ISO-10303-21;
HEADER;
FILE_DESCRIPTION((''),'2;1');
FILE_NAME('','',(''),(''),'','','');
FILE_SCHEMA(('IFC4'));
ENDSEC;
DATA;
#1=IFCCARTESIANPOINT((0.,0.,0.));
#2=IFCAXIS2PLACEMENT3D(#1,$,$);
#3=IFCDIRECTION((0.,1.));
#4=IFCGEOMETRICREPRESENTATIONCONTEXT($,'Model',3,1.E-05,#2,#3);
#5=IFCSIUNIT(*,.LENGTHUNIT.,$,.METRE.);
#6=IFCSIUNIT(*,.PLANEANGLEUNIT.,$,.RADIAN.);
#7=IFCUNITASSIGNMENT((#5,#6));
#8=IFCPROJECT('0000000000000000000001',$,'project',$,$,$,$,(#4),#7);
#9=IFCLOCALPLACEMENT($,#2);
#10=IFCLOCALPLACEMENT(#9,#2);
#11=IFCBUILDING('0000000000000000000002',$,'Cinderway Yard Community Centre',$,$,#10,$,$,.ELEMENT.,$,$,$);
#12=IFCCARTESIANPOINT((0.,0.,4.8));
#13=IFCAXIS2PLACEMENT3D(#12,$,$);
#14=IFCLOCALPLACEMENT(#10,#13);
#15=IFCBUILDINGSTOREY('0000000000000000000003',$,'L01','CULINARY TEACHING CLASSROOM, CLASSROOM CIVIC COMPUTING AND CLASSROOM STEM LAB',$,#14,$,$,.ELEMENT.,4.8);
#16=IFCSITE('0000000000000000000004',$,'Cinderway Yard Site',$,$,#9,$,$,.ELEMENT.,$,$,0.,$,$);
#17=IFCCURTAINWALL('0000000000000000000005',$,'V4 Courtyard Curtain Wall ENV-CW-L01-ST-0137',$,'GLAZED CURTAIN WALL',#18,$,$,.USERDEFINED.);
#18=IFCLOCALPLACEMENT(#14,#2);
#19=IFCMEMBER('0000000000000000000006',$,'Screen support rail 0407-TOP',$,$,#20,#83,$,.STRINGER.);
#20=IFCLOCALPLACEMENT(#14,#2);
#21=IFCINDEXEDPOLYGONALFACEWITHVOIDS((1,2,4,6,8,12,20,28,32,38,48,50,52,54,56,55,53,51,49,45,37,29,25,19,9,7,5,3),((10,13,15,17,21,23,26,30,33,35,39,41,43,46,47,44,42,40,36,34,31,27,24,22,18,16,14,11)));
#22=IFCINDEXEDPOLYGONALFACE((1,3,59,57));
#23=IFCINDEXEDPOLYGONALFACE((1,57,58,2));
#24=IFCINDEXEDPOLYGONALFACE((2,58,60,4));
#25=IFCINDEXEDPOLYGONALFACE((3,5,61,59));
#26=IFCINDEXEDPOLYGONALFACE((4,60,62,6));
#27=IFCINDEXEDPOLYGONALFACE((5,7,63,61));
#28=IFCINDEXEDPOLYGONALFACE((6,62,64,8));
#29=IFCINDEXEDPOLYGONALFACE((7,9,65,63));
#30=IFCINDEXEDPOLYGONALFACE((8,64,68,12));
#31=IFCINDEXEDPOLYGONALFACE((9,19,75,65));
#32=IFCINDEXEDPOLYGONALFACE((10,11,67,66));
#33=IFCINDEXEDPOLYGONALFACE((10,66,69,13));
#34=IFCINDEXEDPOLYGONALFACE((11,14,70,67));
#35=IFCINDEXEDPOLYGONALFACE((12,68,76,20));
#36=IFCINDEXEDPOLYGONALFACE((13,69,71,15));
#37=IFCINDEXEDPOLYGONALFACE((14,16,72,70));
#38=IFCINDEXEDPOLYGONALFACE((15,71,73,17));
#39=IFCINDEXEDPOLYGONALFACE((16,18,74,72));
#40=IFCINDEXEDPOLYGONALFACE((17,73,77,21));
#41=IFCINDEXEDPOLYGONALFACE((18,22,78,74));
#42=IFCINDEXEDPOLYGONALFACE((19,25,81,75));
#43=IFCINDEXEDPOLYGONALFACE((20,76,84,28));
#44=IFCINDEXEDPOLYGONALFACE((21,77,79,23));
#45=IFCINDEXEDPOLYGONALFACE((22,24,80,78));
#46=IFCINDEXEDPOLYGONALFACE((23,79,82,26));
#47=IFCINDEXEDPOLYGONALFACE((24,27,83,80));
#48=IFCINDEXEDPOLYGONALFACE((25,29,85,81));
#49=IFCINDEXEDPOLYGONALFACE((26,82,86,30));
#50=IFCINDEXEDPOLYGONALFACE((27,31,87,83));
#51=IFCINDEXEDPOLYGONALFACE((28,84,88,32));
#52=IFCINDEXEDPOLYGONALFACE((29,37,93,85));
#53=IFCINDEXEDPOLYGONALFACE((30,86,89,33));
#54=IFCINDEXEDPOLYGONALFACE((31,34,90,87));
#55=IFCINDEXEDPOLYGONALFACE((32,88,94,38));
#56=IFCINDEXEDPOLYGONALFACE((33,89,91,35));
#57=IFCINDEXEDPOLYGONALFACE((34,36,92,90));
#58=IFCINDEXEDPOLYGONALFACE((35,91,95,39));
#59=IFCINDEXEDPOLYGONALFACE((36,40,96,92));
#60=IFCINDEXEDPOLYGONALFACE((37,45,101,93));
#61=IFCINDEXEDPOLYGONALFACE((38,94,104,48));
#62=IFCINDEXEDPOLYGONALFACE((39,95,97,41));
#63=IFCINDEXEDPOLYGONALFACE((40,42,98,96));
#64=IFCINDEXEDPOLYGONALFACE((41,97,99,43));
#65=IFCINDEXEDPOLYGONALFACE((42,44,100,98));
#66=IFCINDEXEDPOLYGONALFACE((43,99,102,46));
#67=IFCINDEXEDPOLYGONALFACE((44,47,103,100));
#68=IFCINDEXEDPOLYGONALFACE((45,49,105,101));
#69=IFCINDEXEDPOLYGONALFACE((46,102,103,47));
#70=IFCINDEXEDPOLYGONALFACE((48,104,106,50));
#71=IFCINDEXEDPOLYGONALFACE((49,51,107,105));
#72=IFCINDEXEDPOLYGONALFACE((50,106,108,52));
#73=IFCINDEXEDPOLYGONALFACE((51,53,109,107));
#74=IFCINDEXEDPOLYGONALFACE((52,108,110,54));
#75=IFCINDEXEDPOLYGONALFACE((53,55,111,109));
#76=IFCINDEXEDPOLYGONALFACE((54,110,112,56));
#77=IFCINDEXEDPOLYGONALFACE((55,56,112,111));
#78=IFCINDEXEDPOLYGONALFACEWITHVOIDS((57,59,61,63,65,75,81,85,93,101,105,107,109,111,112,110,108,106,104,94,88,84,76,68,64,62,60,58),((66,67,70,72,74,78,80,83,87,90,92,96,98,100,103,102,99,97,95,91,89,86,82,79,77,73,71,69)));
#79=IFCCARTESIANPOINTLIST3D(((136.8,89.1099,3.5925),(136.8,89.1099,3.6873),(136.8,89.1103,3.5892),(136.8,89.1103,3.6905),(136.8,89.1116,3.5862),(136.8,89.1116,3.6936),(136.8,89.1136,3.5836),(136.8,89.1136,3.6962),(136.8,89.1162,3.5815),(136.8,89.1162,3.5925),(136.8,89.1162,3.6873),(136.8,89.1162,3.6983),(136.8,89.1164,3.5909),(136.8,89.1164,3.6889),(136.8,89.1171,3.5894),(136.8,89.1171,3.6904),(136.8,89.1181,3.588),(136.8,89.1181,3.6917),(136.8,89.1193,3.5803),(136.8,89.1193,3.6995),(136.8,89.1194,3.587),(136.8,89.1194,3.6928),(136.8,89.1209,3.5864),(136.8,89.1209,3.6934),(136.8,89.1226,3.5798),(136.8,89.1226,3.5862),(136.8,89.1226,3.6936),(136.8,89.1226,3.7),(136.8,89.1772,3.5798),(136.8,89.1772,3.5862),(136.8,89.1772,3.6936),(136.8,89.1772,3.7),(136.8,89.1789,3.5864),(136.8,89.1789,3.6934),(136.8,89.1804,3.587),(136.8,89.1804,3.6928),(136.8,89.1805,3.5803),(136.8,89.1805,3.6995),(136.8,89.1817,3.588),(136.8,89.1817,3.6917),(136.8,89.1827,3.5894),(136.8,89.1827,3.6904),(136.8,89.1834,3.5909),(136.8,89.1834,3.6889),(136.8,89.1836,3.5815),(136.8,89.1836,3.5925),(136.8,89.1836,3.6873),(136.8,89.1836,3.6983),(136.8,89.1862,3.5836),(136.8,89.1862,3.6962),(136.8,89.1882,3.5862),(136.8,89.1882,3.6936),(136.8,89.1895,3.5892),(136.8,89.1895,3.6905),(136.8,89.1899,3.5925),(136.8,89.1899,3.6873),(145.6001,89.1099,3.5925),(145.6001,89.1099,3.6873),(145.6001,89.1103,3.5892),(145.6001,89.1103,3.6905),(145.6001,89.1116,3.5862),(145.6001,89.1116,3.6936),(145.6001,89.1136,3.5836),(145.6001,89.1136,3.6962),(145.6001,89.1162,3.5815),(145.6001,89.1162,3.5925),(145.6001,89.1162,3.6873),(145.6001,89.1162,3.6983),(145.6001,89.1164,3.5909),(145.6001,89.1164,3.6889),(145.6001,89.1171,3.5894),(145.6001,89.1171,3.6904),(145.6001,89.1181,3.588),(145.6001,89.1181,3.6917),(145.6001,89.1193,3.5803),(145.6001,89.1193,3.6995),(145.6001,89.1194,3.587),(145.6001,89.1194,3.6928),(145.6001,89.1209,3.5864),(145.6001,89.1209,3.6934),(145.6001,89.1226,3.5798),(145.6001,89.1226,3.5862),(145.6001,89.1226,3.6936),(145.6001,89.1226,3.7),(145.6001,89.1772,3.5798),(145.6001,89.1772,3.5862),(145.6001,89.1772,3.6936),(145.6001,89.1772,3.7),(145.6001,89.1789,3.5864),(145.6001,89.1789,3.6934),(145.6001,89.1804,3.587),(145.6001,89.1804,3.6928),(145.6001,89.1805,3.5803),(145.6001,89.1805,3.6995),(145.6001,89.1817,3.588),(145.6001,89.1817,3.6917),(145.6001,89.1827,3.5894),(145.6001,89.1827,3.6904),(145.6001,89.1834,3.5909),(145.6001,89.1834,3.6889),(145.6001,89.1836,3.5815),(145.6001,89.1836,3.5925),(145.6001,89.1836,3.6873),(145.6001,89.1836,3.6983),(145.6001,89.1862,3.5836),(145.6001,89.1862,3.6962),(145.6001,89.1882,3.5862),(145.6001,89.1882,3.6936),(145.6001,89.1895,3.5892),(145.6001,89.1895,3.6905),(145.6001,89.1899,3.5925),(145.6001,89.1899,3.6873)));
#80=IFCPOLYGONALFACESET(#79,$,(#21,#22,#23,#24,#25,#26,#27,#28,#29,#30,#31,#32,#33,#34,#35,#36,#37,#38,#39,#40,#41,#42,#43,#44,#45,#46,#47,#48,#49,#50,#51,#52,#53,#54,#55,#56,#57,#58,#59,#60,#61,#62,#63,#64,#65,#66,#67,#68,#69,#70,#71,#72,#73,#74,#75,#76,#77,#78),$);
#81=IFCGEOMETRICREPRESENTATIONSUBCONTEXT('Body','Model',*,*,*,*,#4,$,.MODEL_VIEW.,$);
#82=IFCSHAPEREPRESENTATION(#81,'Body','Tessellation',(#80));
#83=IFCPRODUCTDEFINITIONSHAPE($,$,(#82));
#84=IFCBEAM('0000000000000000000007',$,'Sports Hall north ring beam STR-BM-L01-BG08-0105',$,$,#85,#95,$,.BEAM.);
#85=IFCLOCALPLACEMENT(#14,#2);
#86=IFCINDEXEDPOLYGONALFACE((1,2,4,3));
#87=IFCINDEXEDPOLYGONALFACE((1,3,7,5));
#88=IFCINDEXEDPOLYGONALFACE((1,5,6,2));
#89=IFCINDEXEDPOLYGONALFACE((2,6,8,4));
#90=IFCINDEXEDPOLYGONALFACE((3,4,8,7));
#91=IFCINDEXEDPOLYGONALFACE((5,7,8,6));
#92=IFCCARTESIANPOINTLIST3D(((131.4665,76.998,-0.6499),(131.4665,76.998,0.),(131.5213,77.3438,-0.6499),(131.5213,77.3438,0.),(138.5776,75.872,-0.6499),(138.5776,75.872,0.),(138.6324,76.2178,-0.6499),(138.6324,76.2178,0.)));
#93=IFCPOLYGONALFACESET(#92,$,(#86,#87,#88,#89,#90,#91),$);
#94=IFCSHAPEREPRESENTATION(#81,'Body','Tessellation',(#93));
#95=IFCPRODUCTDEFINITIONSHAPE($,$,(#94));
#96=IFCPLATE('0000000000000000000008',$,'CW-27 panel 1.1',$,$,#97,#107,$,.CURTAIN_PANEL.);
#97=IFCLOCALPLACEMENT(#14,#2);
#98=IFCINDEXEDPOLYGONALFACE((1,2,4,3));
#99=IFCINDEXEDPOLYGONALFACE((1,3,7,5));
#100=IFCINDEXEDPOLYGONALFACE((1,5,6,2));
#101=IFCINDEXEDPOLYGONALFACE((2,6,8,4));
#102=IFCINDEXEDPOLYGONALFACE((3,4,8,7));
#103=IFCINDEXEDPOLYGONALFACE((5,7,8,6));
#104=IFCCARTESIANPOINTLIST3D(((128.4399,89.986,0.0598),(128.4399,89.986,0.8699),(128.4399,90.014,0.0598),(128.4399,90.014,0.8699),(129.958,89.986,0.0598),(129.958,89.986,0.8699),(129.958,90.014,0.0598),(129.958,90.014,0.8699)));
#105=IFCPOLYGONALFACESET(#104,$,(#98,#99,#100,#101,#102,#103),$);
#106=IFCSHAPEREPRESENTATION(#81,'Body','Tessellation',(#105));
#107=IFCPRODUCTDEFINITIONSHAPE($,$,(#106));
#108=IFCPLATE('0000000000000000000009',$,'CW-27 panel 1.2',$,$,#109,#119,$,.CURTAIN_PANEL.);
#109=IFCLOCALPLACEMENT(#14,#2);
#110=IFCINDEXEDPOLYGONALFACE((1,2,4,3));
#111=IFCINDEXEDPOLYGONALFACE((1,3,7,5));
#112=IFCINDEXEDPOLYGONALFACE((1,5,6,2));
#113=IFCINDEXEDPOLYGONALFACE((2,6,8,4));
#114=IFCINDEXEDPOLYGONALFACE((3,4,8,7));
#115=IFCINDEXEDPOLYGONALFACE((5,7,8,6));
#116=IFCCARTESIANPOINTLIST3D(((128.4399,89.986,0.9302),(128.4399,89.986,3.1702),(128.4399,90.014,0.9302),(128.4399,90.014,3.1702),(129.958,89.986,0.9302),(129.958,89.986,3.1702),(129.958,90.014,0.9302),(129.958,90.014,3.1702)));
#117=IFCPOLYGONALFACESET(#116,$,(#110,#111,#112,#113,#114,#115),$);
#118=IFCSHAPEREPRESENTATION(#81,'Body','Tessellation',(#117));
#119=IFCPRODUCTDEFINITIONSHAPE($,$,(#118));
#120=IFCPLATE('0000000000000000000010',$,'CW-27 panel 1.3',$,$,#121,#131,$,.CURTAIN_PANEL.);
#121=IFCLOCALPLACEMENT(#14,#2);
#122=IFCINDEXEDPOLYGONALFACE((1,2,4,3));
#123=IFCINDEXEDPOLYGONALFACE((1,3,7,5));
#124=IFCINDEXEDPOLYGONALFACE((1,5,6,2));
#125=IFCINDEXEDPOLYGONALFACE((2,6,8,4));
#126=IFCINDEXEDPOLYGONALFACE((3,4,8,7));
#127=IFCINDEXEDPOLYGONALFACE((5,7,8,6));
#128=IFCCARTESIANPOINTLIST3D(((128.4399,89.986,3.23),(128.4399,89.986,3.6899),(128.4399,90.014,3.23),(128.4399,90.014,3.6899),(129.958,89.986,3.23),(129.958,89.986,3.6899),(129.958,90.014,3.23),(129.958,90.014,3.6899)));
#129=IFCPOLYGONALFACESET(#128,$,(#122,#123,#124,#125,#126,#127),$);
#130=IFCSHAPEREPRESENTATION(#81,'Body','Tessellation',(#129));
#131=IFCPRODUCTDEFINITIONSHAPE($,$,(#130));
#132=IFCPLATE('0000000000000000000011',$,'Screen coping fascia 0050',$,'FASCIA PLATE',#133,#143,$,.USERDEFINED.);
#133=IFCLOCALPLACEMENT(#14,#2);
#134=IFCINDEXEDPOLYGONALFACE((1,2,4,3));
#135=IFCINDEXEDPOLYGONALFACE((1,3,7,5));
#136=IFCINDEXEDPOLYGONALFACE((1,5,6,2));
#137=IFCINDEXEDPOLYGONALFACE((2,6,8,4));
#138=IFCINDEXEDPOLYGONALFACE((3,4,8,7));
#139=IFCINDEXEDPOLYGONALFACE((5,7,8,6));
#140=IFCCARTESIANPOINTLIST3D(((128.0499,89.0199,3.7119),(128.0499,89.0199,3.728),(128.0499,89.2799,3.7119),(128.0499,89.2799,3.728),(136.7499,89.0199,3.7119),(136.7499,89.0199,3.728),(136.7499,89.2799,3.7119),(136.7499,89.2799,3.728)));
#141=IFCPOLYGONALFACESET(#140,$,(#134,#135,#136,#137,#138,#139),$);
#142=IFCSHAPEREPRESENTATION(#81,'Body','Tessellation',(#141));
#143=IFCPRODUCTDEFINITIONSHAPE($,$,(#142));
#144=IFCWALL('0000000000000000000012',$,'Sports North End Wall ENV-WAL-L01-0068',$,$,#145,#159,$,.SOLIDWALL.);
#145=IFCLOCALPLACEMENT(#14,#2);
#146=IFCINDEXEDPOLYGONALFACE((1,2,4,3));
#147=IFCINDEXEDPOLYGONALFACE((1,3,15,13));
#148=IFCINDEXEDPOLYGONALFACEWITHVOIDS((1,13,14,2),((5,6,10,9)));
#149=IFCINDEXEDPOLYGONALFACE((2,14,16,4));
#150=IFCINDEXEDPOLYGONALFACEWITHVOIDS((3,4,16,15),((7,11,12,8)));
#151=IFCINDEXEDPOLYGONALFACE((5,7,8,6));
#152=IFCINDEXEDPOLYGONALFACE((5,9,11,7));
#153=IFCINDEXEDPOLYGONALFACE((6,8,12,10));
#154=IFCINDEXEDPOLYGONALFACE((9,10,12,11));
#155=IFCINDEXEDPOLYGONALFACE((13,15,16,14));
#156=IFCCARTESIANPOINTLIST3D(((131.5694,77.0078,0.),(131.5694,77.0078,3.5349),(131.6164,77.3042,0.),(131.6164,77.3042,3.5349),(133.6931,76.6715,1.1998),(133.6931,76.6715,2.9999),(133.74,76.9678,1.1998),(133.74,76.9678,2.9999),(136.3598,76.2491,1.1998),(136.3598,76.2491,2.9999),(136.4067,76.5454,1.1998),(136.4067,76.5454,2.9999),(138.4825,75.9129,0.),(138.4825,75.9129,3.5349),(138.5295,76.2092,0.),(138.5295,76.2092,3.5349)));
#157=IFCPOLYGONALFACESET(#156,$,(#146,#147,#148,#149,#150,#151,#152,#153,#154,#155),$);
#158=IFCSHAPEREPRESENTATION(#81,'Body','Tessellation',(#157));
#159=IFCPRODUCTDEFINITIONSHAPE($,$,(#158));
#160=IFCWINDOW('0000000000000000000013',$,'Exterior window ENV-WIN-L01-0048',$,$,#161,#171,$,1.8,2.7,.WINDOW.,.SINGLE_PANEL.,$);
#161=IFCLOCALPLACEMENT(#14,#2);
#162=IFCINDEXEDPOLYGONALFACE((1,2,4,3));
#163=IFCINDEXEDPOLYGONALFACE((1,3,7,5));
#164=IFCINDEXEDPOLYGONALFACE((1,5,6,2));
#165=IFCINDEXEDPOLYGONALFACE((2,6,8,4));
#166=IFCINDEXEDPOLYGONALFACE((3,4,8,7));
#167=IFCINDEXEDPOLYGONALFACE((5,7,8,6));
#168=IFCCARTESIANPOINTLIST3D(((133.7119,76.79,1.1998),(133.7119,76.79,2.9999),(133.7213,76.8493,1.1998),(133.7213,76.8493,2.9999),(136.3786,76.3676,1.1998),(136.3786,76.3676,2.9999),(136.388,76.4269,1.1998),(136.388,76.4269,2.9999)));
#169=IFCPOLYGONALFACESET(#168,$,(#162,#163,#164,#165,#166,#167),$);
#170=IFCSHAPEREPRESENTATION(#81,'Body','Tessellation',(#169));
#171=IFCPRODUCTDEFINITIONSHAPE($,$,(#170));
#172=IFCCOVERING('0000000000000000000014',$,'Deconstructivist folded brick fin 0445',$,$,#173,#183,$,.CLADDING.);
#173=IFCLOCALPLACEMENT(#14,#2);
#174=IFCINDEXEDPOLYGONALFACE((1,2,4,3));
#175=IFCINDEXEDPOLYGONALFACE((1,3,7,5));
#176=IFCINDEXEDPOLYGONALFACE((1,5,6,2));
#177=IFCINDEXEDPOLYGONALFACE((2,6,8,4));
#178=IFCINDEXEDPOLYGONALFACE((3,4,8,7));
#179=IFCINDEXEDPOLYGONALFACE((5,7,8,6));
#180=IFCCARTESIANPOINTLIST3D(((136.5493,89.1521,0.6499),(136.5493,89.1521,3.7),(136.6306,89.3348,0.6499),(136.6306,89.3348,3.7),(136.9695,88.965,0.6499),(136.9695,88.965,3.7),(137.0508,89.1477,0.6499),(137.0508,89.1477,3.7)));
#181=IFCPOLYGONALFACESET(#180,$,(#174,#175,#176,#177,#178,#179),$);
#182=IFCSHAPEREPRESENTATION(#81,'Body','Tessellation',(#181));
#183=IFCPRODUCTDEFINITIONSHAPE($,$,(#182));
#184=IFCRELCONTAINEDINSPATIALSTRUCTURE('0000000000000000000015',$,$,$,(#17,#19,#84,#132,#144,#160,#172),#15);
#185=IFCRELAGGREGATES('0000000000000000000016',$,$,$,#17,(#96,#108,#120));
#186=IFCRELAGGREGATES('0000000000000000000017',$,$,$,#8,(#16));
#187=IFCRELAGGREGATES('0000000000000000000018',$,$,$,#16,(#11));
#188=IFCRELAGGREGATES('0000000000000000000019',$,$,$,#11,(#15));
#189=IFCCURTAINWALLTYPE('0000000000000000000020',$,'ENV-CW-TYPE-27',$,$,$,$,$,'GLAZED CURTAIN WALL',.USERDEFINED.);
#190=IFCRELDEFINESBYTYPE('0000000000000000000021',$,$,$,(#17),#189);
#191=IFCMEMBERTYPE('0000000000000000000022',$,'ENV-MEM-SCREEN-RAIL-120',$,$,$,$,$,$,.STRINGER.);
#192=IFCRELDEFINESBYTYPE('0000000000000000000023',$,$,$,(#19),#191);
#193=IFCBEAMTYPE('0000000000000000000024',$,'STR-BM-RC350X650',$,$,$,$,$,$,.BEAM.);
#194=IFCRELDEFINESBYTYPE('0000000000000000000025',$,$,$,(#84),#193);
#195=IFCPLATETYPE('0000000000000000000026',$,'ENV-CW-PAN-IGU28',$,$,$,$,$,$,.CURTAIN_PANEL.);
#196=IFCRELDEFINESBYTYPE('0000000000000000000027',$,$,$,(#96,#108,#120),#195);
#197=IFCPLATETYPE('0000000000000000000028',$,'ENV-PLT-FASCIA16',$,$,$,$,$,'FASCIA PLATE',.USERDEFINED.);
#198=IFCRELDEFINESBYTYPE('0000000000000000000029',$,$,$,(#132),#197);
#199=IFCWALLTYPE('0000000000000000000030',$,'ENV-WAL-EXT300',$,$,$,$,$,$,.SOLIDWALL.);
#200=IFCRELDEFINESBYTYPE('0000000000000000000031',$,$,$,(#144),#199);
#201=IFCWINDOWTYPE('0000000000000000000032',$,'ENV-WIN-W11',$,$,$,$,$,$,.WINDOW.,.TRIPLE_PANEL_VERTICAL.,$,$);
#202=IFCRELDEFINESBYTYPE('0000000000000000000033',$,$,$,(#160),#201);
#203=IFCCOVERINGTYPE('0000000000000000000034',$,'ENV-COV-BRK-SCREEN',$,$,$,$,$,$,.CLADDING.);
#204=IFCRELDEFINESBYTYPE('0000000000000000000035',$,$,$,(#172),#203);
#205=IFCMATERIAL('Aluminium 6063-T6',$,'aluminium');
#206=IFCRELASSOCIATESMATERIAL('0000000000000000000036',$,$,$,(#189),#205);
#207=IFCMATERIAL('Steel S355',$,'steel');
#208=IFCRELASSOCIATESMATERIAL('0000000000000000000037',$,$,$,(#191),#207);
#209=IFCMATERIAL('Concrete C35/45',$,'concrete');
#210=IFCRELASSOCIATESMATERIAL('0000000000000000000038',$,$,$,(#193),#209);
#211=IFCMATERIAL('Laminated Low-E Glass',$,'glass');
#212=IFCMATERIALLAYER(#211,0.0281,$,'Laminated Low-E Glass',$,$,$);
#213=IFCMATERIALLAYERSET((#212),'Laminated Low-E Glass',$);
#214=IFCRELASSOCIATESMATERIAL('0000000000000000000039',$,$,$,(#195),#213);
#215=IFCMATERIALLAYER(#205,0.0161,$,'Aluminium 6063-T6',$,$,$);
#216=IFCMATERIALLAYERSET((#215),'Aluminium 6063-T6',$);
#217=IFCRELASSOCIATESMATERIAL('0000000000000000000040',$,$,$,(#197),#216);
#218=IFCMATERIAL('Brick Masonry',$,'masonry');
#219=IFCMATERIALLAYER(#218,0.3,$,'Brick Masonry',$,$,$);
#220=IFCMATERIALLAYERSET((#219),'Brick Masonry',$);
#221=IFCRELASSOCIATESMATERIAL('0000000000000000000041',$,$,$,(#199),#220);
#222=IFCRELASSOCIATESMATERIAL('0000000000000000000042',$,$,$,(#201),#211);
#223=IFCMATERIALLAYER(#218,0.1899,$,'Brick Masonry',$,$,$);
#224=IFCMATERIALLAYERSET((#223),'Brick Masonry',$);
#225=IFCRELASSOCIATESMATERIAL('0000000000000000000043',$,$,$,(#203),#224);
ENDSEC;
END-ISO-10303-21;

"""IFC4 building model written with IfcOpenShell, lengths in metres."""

from ifc_helpers import new_model, si_unit, direction, frame, frame_2d, origin, origin_2d, place, context, subcontext, project, spatial, rectangle, hollow_rectangle, extrude, material, layer, layer_set, material_profile, profile_set, type_object, element, fill, aggregate, save


model = new_model("IFC4")

# Units and contexts
model_context = context("Model", 3, precision=1e-05, world=origin(), true_north=direction((0.0, 1.0)))
body_context = subcontext(model_context, "Body", "Model", "MODEL_VIEW")
ifc_project = project(units=[si_unit("LENGTHUNIT", "METRE"), si_unit("PLANEANGLEUNIT", "RADIAN")], contexts=[model_context])

# Site, building, storey
site_placement = place(None, origin())
site = spatial("IfcSite", under=ifc_project, at=site_placement, Name="Cinderway Yard Site", CompositionType="ELEMENT", RefElevation=0.0)
building_placement = place(site_placement, origin())
building = spatial("IfcBuilding", under=site, at=building_placement, Name="Cinderway Yard Community Centre", CompositionType="ELEMENT")
storey_placement = place(building_placement, frame((0.0, 0.0, 4.8)))
storey = spatial("IfcBuildingStorey", under=building, at=storey_placement, Name="L01", Description="CULINARY TEACHING CLASSROOM, CLASSROOM CIVIC COMPUTING AND CLASSROOM STEM LAB", CompositionType="ELEMENT", Elevation=4.8)

# Curtain wall
ifc_material_1 = material(Name="Aluminium 6063-T6", Category="aluminium")
curtain_wall_type = type_object("IfcCurtainWallType", Name="ENV-CW-TYPE-27", ElementType="GLAZED CURTAIN WALL", PredefinedType="USERDEFINED", material=ifc_material_1)
curtain_wall_placement = place(storey_placement, origin())
curtain_wall = element("IfcCurtainWall", 1, at=curtain_wall_placement, inside=storey, type_object=curtain_wall_type, Name="V4 Courtyard Curtain Wall ENV-CW-L01-ST-0137", ObjectType="GLAZED CURTAIN WALL", PredefinedType="USERDEFINED")

# Member
ifc_material_2 = material(Name="Steel S355", Category="steel")
ifc_material_profile_1 = material_profile(ifc_material_2, hollow_rectangle(XDim=0.0801, YDim=0.1201, WallThickness=0.0063, InnerFilletRadius=0.0063, OuterFilletRadius=0.0127, at=origin_2d()), Name="Steel S355")
ifc_profile_set_1 = profile_set([ifc_material_profile_1], Name="Steel S355")
member_type_1 = type_object("IfcMemberType", Name="ENV-MEM-SCREEN-RAIL-120", PredefinedType="STRINGER", material=ifc_profile_set_1)
for number, where, z_axis, x_axis, name in (
    (2, (136.8, 89.1499, 3.6399), (1.0, 0.0, 0.0), (0.0, 1.0, 0.0), "Screen support rail 0407-TOP"),
):
    element("IfcMember", number, at=place(storey_placement, frame(where, z_axis=z_axis, x_axis=x_axis)), inside=storey, type_object=member_type_1, Name=name, PredefinedType="STRINGER", context=body_context, shape_type="SweptSolid", body=[
        extrude(hollow_rectangle(XDim=0.0801, YDim=0.1201, WallThickness=0.0063, InnerFilletRadius=0.0063, OuterFilletRadius=0.0127, at=origin_2d()), origin(), (0.0, 0.0, 1.0), 8.8),
    ])

# Beam
ifc_material_3 = material(Name="Concrete C35/45", Category="concrete")
ifc_material_profile_2 = material_profile(ifc_material_3, rectangle(XDim=0.3501, YDim=0.6499, at=origin_2d()), Name="Concrete C35/45")
ifc_profile_set_2 = profile_set([ifc_material_profile_2], Name="Concrete C35/45")
beam_type = type_object("IfcBeamType", Name="STR-BM-RC350X650", PredefinedType="BEAM", material=ifc_profile_set_2)
beam_placement = place(storey_placement, frame((131.4939, 77.1709, -0.325), z_axis=(0.987695, -0.156393, 0.0), x_axis=(0.156393, 0.987695, 0.0)))
element("IfcBeam", 3, at=beam_placement, inside=storey, type_object=beam_type, Name="Sports Hall north ring beam STR-BM-L01-BG08-0105", PredefinedType="BEAM", context=body_context, shape_type="SweptSolid", body=[
    extrude(rectangle(XDim=0.3501, YDim=0.6499, at=origin_2d()), origin(), (0.0, 0.0, 1.0), 7.1997),
])

# Plates
ifc_material_4 = material(Name="Laminated Low-E Glass", Category="glass")
ifc_layer_1 = layer(ifc_material_4, 0.0281, Name="Laminated Low-E Glass")
ifc_layer_set_1 = layer_set([ifc_layer_1], Name="Laminated Low-E Glass")
plate_type_1 = type_object("IfcPlateType", Name="ENV-CW-PAN-IGU28", PredefinedType="CURTAIN_PANEL", material=ifc_layer_set_1)
plate_1_placement = place(storey_placement, frame((129.199, 90.0, 0.0598), z_axis=(0.0, 0.0, 1.0), x_axis=(1.0, 0.0, 0.0)))
plate_1 = element("IfcPlate", 4, at=plate_1_placement, type_object=plate_type_1, Name="CW-27 panel 1.1", PredefinedType="CURTAIN_PANEL", context=body_context, shape_type="SweptSolid", body=[
    extrude(rectangle(XDim=1.5181, YDim=0.0281, at=origin_2d()), origin(), (0.0, 0.0, 1.0), 0.8101),
])
plate_2_placement = place(storey_placement, frame((129.199, 90.0, 0.9302), z_axis=(0.0, 0.0, 1.0), x_axis=(1.0, 0.0, 0.0)))
plate_2 = element("IfcPlate", 5, at=plate_2_placement, type_object=plate_type_1, Name="CW-27 panel 1.2", PredefinedType="CURTAIN_PANEL", context=body_context, shape_type="SweptSolid", body=[
    extrude(rectangle(XDim=1.5181, YDim=0.0281, at=origin_2d()), origin(), (0.0, 0.0, 1.0), 2.24),
])
plate_3_placement = place(storey_placement, frame((129.199, 90.0, 3.23), z_axis=(0.0, 0.0, 1.0), x_axis=(1.0, 0.0, 0.0)))
plate_3 = element("IfcPlate", 6, at=plate_3_placement, type_object=plate_type_1, Name="CW-27 panel 1.3", PredefinedType="CURTAIN_PANEL", context=body_context, shape_type="SweptSolid", body=[
    extrude(rectangle(XDim=1.5181, YDim=0.0281, at=origin_2d()), origin(), (0.0, 0.0, 1.0), 0.46),
])
aggregate(curtain_wall, [plate_1, plate_2, plate_3])
ifc_layer_2 = layer(ifc_material_1, 0.0161, Name="Aluminium 6063-T6")
ifc_layer_set_2 = layer_set([ifc_layer_2], Name="Aluminium 6063-T6")
plate_type_2 = type_object("IfcPlateType", Name="ENV-PLT-FASCIA16", ElementType="FASCIA PLATE", PredefinedType="USERDEFINED", material=ifc_layer_set_2)
plate_4_placement = place(storey_placement, frame((132.3999, 89.1499, 3.7119), z_axis=(0.0, 0.0, 1.0), x_axis=(-1.0, 0.0, 0.0)))
element("IfcPlate", 7, at=plate_4_placement, inside=storey, type_object=plate_type_2, Name="Screen coping fascia 0050", ObjectType="FASCIA PLATE", PredefinedType="USERDEFINED", context=body_context, shape_type="SweptSolid", body=[
    extrude(rectangle(XDim=8.7, YDim=0.26, at=origin_2d()), origin(), (0.0, 0.0, 1.0), 0.0161),
])

# Wall, opening, window
ifc_material_5 = material(Name="Brick Masonry", Category="masonry")
ifc_layer_3 = layer(ifc_material_5, 0.3, Name="Brick Masonry")
ifc_layer_set_3 = layer_set([ifc_layer_3], Name="Brick Masonry")
wall_type = type_object("IfcWallType", Name="ENV-WAL-EXT300", PredefinedType="SOLIDWALL", material=ifc_layer_set_3)
wall_placement = place(storey_placement, frame((131.593, 77.156, 0.0), z_axis=(0.0, 0.0, 1.0), x_axis=(0.987687, -0.156441, 0.0)))
wall = element("IfcWall", 8, at=wall_placement, inside=storey, type_object=wall_type, Name="Sports North End Wall ENV-WAL-L01-0068", PredefinedType="SOLIDWALL", context=body_context, shape_type="SweptSolid", body=[
    extrude(rectangle(XDim=6.9993, YDim=0.3, at=frame_2d((3.4995, 0.0))), origin(), (0.0, 0.0, 1.0), 3.5349),
])
opening_placement = place(wall_placement, frame((2.1499, 0.0, 1.2)))
opening = element("IfcOpeningElement", 9, at=opening_placement, cuts=wall, PredefinedType="OPENING", context=body_context, shape_type="SweptSolid", body=[
    extrude(rectangle(XDim=2.7, YDim=1.8, at=frame_2d((1.3501, 0.8999))), frame((0.0, 0.1599, 0.0), z_axis=(0.0, -1.0, 0.0), x_axis=(1.0, 0.0, 0.0)), (0.0, 0.0, 1.0), 0.3201),
])
window_type = type_object("IfcWindowType", Name="ENV-WIN-W11", PartitioningType="TRIPLE_PANEL_VERTICAL", PredefinedType="WINDOW", material=ifc_material_4)
window_placement = place(opening_placement, origin())
window = element("IfcWindow", 10, at=window_placement, inside=storey, type_object=window_type, Name="Exterior window ENV-WIN-L01-0048", OverallHeight=1.8, OverallWidth=2.7, PartitioningType="SINGLE_PANEL", PredefinedType="WINDOW", context=body_context, shape_type="SweptSolid", body=[
    extrude(rectangle(XDim=2.7, YDim=1.8, at=frame_2d((1.3501, 0.8999))), frame((0.0, 0.03, 0.0), z_axis=(0.0, -1.0, 0.0), x_axis=(1.0, 0.0, 0.0)), (0.0, 0.0, 1.0), 0.0601),
])
fill(opening, window)

# Covering
ifc_layer_4 = layer(ifc_material_5, 0.1899, Name="Brick Masonry")
ifc_layer_set_4 = layer_set([ifc_layer_4], Name="Brick Masonry")
covering_type = type_object("IfcCoveringType", Name="ENV-COV-BRK-SCREEN", PredefinedType="CLADDING", material=ifc_layer_set_4)
covering_placement = place(storey_placement, frame((136.8, 89.1499, 0.6499), z_axis=(0.0, 0.0, 1.0), x_axis=(-0.913545, 0.406737, 0.0)))
element("IfcCovering", 11, at=covering_placement, inside=storey, type_object=covering_type, Name="Deconstructivist folded brick fin 0445", PredefinedType="CLADDING", context=body_context, shape_type="SweptSolid", body=[
    extrude(rectangle(XDim=0.46, YDim=0.2, at=origin_2d()), origin(), (0.0, 0.0, 1.0), 3.05),
])

save(model, "model.ifc")
